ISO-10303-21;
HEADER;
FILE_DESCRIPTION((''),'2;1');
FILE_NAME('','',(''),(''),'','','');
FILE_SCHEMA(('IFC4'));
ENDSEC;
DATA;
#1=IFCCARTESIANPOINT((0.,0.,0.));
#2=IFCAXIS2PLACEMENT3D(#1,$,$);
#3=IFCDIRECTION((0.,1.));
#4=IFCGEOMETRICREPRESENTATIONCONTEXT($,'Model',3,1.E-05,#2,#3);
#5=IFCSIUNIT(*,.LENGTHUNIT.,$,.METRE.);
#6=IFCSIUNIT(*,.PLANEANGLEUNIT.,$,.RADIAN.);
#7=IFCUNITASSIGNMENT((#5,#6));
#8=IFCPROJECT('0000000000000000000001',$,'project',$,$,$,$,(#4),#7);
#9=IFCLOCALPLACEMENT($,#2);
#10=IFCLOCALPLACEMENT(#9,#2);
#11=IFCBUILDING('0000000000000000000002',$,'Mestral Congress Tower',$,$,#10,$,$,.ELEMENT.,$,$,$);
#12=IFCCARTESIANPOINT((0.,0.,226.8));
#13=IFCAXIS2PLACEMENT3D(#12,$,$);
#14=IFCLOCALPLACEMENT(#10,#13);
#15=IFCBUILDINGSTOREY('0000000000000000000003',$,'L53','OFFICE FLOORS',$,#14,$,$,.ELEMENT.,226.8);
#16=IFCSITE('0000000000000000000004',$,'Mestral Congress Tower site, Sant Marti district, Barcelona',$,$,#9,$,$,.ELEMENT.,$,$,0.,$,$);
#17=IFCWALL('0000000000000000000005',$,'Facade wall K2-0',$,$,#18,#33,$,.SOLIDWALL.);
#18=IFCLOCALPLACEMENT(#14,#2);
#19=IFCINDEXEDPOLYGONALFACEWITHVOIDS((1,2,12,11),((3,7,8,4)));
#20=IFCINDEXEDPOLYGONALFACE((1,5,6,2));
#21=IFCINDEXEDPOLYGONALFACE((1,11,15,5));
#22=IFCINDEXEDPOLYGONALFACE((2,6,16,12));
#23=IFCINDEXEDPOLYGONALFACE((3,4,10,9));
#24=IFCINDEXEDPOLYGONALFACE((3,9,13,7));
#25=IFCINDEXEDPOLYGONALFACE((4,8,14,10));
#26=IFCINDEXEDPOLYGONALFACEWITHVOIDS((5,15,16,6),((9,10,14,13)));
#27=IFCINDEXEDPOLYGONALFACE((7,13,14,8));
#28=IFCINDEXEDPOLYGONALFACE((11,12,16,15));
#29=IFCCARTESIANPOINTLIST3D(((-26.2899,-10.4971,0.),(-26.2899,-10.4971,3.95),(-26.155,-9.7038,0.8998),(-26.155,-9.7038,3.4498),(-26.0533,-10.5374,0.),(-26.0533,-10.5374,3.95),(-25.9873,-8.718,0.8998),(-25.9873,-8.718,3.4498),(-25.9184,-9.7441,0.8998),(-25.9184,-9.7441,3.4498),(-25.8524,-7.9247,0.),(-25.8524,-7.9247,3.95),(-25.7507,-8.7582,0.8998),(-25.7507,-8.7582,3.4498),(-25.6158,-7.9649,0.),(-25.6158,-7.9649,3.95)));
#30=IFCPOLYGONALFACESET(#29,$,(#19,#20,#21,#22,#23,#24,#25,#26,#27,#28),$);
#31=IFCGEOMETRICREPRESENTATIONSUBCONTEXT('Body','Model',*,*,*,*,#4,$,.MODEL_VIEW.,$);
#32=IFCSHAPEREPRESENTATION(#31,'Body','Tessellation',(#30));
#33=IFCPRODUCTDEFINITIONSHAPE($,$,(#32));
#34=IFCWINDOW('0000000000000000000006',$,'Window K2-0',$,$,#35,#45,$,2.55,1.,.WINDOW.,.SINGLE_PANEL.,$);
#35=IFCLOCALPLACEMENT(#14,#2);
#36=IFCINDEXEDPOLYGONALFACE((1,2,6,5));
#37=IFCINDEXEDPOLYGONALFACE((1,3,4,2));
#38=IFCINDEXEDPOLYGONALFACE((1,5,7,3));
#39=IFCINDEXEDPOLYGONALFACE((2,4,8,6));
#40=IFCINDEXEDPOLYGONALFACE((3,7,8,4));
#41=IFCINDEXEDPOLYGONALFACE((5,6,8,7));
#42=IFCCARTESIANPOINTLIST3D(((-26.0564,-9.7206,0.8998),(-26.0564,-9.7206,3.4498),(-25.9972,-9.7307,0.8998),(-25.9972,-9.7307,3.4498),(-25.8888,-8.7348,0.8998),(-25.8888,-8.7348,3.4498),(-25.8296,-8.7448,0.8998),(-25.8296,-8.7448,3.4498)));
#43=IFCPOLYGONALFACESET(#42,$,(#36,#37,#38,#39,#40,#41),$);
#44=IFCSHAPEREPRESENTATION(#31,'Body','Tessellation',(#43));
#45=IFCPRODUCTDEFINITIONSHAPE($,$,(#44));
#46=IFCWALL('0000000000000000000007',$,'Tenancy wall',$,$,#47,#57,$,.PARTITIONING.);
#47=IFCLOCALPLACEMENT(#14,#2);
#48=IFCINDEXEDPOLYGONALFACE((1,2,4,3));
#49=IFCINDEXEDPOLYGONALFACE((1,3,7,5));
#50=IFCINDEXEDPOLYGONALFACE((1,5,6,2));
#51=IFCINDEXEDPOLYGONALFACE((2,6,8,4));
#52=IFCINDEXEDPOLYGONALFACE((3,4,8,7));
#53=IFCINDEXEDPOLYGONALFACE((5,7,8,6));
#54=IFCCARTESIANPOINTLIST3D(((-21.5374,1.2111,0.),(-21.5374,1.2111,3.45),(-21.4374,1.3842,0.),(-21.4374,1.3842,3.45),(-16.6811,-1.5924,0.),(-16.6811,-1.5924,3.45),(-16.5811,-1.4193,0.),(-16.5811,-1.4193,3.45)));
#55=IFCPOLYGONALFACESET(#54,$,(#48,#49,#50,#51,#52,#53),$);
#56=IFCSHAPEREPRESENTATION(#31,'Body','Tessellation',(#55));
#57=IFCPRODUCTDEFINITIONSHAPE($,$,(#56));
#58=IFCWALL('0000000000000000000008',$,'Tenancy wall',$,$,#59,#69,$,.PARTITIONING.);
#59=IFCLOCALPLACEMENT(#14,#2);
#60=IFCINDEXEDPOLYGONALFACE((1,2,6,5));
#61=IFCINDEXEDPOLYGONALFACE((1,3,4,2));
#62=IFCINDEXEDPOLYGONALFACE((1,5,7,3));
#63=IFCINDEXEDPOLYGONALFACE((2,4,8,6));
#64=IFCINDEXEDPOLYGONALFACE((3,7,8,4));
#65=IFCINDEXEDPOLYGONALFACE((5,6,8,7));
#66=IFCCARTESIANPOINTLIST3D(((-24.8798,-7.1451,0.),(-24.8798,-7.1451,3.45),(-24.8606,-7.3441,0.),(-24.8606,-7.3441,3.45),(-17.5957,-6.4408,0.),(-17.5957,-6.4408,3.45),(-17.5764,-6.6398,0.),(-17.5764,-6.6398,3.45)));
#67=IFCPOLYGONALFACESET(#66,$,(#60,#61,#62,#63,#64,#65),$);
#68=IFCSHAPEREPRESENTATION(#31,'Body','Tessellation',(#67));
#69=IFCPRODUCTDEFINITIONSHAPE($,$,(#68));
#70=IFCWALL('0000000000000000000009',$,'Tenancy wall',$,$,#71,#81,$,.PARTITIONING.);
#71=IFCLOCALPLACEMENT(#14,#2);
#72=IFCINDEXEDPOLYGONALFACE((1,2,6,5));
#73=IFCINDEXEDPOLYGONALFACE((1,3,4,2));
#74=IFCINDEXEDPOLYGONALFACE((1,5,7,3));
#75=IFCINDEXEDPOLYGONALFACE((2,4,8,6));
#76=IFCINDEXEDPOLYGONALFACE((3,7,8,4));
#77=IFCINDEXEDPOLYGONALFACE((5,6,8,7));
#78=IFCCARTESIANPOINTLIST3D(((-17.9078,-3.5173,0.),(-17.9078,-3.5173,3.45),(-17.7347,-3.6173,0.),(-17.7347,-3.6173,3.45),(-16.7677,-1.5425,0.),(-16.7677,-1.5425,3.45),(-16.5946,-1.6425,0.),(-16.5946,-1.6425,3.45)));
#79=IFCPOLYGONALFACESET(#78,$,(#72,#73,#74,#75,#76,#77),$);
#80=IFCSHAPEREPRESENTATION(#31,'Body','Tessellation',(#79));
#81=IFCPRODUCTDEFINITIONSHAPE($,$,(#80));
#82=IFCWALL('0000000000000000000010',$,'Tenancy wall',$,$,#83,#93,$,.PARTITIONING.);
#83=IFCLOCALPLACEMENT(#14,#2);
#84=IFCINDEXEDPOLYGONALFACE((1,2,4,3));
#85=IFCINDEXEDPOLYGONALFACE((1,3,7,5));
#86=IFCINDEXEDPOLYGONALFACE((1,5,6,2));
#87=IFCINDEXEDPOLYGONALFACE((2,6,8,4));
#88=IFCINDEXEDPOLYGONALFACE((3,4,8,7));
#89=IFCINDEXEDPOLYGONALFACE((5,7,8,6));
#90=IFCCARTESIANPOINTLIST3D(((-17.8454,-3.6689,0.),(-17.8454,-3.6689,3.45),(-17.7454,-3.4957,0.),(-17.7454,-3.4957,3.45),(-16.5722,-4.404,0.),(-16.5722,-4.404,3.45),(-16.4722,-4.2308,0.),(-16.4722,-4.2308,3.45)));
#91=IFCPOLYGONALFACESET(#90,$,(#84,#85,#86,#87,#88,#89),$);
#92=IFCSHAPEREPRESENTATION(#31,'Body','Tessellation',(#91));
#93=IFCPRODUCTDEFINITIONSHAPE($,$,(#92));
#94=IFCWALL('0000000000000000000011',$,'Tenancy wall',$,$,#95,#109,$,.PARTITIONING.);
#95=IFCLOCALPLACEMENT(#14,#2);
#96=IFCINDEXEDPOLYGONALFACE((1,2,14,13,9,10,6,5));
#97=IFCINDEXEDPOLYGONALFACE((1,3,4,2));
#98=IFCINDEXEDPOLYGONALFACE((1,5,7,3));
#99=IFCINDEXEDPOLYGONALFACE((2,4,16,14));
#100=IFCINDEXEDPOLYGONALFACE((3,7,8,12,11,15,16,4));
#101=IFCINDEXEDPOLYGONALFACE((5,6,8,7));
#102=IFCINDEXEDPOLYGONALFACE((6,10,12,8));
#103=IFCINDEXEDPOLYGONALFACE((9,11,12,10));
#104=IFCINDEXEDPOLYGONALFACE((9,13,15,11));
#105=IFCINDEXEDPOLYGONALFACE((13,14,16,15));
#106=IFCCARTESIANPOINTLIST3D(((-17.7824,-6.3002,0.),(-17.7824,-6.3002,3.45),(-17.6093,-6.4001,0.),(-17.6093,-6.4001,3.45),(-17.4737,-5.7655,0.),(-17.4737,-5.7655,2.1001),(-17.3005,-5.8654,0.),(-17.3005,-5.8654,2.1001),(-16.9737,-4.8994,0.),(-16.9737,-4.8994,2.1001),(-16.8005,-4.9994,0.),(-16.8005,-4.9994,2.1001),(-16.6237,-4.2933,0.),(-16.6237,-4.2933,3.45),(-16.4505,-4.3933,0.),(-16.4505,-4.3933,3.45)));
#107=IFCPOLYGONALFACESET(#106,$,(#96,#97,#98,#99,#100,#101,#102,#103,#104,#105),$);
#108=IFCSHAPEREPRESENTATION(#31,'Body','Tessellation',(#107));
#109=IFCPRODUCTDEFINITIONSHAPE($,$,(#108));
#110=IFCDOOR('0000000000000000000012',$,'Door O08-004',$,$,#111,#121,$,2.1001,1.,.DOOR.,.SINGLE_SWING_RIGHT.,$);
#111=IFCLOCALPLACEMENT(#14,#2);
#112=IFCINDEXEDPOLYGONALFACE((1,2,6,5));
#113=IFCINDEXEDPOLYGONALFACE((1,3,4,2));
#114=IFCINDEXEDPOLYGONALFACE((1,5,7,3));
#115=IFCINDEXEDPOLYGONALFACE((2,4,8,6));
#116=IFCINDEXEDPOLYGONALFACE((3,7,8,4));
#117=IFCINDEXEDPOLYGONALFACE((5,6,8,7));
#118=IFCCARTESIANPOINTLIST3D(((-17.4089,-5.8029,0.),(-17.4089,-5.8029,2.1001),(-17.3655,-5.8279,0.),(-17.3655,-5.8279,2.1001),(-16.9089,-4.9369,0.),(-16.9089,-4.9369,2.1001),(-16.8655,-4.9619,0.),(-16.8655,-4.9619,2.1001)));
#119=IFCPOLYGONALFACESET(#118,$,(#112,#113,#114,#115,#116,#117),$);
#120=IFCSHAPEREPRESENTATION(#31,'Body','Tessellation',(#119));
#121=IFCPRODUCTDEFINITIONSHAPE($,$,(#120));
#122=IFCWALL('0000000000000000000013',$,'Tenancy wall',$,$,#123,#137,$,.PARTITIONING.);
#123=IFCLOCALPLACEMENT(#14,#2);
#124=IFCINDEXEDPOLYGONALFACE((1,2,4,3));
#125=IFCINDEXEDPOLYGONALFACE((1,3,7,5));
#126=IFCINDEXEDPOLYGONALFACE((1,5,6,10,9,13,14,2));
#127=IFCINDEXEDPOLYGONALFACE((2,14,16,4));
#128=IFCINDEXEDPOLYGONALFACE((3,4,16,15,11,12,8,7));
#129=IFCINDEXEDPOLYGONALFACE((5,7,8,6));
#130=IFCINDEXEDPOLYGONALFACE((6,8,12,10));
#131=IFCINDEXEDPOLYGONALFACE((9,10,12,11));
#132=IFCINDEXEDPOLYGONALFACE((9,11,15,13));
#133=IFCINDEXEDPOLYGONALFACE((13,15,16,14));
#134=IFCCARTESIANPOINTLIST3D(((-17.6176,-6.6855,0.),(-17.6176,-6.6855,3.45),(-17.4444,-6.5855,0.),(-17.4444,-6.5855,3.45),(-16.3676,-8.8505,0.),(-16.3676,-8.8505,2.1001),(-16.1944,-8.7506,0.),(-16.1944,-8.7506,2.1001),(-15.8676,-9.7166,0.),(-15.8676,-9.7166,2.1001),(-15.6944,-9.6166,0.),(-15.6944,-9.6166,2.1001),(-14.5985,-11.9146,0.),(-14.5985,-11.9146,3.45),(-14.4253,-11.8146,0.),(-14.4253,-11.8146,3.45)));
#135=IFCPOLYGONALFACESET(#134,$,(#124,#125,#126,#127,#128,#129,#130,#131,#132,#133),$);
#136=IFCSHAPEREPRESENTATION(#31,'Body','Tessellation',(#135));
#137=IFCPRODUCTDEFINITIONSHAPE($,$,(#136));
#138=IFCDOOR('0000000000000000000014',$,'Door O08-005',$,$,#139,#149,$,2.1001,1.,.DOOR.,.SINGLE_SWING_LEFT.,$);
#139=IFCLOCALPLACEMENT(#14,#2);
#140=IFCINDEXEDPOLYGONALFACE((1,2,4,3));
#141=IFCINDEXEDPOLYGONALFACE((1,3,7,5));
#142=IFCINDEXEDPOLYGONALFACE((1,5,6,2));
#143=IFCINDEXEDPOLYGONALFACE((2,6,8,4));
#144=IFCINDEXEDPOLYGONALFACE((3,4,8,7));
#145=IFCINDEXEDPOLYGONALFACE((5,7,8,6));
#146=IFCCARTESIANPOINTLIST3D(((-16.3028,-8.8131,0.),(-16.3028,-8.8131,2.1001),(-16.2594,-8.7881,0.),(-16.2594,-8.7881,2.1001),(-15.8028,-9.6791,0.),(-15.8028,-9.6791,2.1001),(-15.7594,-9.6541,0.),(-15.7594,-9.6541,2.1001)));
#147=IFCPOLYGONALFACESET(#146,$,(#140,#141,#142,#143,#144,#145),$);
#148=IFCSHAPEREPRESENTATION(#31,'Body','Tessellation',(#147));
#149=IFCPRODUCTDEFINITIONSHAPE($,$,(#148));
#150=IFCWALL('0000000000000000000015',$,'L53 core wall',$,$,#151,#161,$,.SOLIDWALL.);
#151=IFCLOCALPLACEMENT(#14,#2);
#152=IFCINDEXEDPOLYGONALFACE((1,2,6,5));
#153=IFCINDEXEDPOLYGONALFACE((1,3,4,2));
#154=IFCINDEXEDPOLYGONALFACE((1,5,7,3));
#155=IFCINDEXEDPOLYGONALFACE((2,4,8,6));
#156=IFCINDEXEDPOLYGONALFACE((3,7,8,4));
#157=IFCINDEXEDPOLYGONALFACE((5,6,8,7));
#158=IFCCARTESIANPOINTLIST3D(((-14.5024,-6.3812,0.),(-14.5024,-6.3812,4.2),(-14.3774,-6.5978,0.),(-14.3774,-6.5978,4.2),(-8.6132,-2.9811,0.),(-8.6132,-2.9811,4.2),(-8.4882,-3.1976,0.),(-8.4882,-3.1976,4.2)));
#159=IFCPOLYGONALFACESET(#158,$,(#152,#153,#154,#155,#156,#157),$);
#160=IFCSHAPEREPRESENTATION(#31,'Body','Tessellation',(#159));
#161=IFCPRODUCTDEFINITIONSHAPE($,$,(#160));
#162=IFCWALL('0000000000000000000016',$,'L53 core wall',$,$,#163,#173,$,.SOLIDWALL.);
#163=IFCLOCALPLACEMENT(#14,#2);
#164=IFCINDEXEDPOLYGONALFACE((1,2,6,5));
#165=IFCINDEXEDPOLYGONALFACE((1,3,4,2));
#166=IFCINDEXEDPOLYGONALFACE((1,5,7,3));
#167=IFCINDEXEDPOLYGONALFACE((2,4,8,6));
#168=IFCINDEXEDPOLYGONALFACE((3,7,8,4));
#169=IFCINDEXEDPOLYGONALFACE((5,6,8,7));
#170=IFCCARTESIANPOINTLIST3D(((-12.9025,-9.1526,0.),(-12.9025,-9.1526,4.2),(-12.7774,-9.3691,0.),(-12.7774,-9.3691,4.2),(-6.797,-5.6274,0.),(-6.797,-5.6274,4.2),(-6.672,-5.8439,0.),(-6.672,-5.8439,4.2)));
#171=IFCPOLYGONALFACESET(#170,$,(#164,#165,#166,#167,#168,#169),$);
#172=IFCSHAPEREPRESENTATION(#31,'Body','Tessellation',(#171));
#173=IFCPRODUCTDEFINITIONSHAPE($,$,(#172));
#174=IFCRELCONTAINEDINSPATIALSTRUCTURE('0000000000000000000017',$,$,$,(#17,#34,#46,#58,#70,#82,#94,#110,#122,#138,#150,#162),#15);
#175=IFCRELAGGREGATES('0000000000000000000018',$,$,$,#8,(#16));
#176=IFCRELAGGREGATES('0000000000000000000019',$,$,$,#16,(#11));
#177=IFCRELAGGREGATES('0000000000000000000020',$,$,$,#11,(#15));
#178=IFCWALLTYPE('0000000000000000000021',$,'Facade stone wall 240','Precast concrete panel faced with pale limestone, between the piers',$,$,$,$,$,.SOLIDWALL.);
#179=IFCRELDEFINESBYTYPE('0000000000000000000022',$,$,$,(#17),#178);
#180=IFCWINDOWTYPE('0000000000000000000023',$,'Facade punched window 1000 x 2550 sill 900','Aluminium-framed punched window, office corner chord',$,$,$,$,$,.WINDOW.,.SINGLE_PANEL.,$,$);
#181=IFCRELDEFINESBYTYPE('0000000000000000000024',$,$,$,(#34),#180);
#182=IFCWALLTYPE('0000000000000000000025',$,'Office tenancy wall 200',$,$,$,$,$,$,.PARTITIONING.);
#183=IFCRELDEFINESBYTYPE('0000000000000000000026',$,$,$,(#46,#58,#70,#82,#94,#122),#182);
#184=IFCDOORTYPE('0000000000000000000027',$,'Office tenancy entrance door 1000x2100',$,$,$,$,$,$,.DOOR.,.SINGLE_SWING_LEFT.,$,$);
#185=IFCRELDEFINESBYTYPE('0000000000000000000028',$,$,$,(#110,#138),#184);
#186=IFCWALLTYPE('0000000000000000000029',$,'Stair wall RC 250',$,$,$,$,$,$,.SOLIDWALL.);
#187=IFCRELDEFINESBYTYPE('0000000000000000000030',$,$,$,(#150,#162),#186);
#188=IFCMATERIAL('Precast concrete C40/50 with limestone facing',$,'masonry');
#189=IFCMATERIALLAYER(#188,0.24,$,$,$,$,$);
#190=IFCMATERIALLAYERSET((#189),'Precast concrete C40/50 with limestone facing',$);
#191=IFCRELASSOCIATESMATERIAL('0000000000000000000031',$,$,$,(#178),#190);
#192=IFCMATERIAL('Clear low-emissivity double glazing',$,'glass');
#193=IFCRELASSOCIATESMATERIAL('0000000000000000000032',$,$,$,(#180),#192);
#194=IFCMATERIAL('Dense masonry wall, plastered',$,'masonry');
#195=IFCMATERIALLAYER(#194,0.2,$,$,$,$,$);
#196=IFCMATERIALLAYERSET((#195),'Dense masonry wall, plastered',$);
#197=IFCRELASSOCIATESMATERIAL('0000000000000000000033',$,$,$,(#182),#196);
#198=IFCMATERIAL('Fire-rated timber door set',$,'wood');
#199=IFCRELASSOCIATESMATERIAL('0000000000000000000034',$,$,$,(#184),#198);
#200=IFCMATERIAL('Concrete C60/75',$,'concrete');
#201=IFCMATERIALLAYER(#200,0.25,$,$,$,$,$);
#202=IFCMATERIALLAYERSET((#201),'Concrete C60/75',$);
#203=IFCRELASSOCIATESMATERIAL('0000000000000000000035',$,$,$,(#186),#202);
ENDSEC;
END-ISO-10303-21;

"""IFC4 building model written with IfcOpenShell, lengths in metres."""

from ifc_helpers import new_model, si_unit, direction, frame, frame_2d, origin, place, context, subcontext, project, spatial, rectangle, extrude, material, layer, layer_set, type_object, element, fill, save


model = new_model("IFC4")

# Units and contexts
model_context = context("Model", 3, precision=1e-05, world=origin(), true_north=direction((0.0, 1.0)))
body_context = subcontext(model_context, "Body", "Model", "MODEL_VIEW")
ifc_project = project(units=[si_unit("LENGTHUNIT", "METRE"), si_unit("PLANEANGLEUNIT", "RADIAN")], contexts=[model_context])

# Site, building, storey
site_placement = place(None, origin())
site = spatial("IfcSite", under=ifc_project, at=site_placement, Name="Mestral Congress Tower site, Sant Marti district, Barcelona", CompositionType="ELEMENT", RefElevation=0.0)
building_placement = place(site_placement, origin())
building = spatial("IfcBuilding", under=site, at=building_placement, Name="Mestral Congress Tower", CompositionType="ELEMENT")
storey_placement = place(building_placement, frame((0.0, 0.0, 226.8)))
storey = spatial("IfcBuildingStorey", under=building, at=storey_placement, Name="L53", Description="OFFICE FLOORS", CompositionType="ELEMENT", Elevation=226.8)

# Shared definitions
ifc_material_1 = material(Name="Concrete C60/75", Category="concrete")

# Shared definitions
ifc_material_2 = material(Name="Precast concrete C40/50 with limestone facing", Category="masonry")
ifc_layer_1 = layer(ifc_material_2, 0.24)
ifc_layer_set_1 = layer_set([ifc_layer_1], Name="Precast concrete C40/50 with limestone facing")
wall_type_1 = type_object("IfcWallType", Name="Facade stone wall 240", Description="Precast concrete panel faced with pale limestone, between the piers", PredefinedType="SOLIDWALL", material=ifc_layer_set_1)
ifc_material_3 = material(Name="Clear low-emissivity double glazing", Category="glass")

# Wall, opening, window
wall_1_placement = place(storey_placement, frame((-25.7341, -7.9448, 0.0), z_axis=(0.0, 0.0, 1.0), x_axis=(-0.16766, -0.985845, 0.0)))
wall_1 = element("IfcWall", 1, at=wall_1_placement, inside=storey, type_object=wall_type_1, Name="Facade wall K2-0", PredefinedType="SOLIDWALL", context=body_context, shape_type="SweptSolid", body=[
    extrude(rectangle(XDim=2.6094, YDim=0.24, at=frame_2d((1.3047, 0.0))), origin(), (0.0, 0.0, 1.0), 3.95),
])
opening_1_placement = place(wall_1_placement, frame((0.8047, 0.0, 0.8999)))
opening_1 = element("IfcOpeningElement", 2, at=opening_1_placement, cuts=wall_1, PredefinedType="OPENING", context=body_context, shape_type="SweptSolid", body=[
    extrude(rectangle(XDim=1.0, YDim=2.55, at=frame_2d((0.5, 1.2749))), frame((0.0, 0.1299, 0.0), z_axis=(0.0, -1.0, 0.0), x_axis=(1.0, 0.0, 0.0)), (0.0, 0.0, 1.0), 0.26),
])
window_type_1 = type_object("IfcWindowType", Name="Facade punched window 1000 x 2550 sill 900", Description="Aluminium-framed punched window, office corner chord", PartitioningType="SINGLE_PANEL", PredefinedType="WINDOW", material=ifc_material_3)
window_1_placement = place(opening_1_placement, origin())
window_1 = element("IfcWindow", 3, at=window_1_placement, inside=storey, type_object=window_type_1, Name="Window K2-0", OverallHeight=2.55, OverallWidth=1.0, PartitioningType="SINGLE_PANEL", PredefinedType="WINDOW", context=body_context, shape_type="SweptSolid", body=[
    extrude(rectangle(XDim=1.0, YDim=2.55, at=frame_2d((0.5, 1.2749))), frame((0.0, 0.04, 0.0), z_axis=(0.0, -1.0, 0.0), x_axis=(1.0, 0.0, 0.0)), (0.0, 0.0, 1.0), 0.0601),
])
fill(opening_1, window_1)

# Walls
ifc_material_4 = material(Name="Dense masonry wall, plastered", Category="masonry")
ifc_layer_2 = layer(ifc_material_4, 0.2)
ifc_layer_set_2 = layer_set([ifc_layer_2], Name="Dense masonry wall, plastered")
wall_type_2 = type_object("IfcWallType", Name="Office tenancy wall 200", PredefinedType="PARTITIONING", material=ifc_layer_set_2)
wall_2_placement = place(storey_placement, frame((-16.6311, -1.5059, 0.0), z_axis=(0.0, 0.0, 1.0), x_axis=(-0.866046, 0.499965, 0.0)))
element("IfcWall", 4, at=wall_2_placement, inside=storey, type_object=wall_type_2, Name="Tenancy wall", PredefinedType="PARTITIONING", context=body_context, shape_type="SweptSolid", body=[
    extrude(rectangle(XDim=5.6074, YDim=0.2, at=frame_2d((2.8037, 0.0))), origin(), (0.0, 0.0, 1.0), 3.45),
])
wall_3_placement = place(storey_placement, frame((-17.5859, -6.5403, 0.0), z_axis=(0.0, 0.0, 1.0), x_axis=(-0.995358, -0.096246, 0.0)))
element("IfcWall", 5, at=wall_3_placement, inside=storey, type_object=wall_type_2, Name="Tenancy wall", PredefinedType="PARTITIONING", context=body_context, shape_type="SweptSolid", body=[
    extrude(rectangle(XDim=7.3181, YDim=0.2, at=frame_2d((3.6592, 0.0))), origin(), (0.0, 0.0, 1.0), 3.45),
])
wall_4_placement = place(storey_placement, frame((-16.6812, -1.5925, 0.0), z_axis=(0.0, 0.0, 1.0), x_axis=(-0.499985, -0.866034, 0.0)))
element("IfcWall", 6, at=wall_4_placement, inside=storey, type_object=wall_type_2, Name="Tenancy wall", PredefinedType="PARTITIONING", context=body_context, shape_type="SweptSolid", body=[
    extrude(rectangle(XDim=2.2803, YDim=0.2, at=frame_2d((1.1401, 0.0))), origin(), (0.0, 0.0, 1.0), 3.45),
])
wall_5_placement = place(storey_placement, frame((-17.7954, -3.5823, 0.0), z_axis=(0.0, 0.0, 1.0), x_axis=(0.866017, -0.500015, 0.0)))
element("IfcWall", 7, at=wall_5_placement, inside=storey, type_object=wall_type_2, Name="Tenancy wall", PredefinedType="PARTITIONING", context=body_context, shape_type="SweptSolid", body=[
    extrude(rectangle(XDim=1.4702, YDim=0.2, at=frame_2d((0.7351, 0.0))), origin(), (0.0, 0.0, 1.0), 3.45),
])

# Walls, openings, doors
wall_6_placement = place(storey_placement, frame((-16.5371, -4.3433, 0.0), z_axis=(0.0, 0.0, 1.0), x_axis=(-0.500014, -0.866017, 0.0)))
wall_6 = element("IfcWall", 8, at=wall_6_placement, inside=storey, type_object=wall_type_2, Name="Tenancy wall", PredefinedType="PARTITIONING", context=body_context, shape_type="SweptSolid", body=[
    extrude(rectangle(XDim=2.3174, YDim=0.2, at=frame_2d((1.1587, 0.0))), origin(), (0.0, 0.0, 1.0), 3.45),
])
opening_2_placement = place(wall_6_placement, frame((0.7, 0.0, 0.0)))
opening_2 = element("IfcOpeningElement", 9, at=opening_2_placement, cuts=wall_6, PredefinedType="OPENING", context=body_context, shape_type="SweptSolid", body=[
    extrude(rectangle(XDim=1.0, YDim=2.1001, at=frame_2d((0.5, 1.05))), frame((0.0, 0.1099, 0.0), z_axis=(0.0, -1.0, 0.0), x_axis=(1.0, 0.0, 0.0)), (0.0, 0.0, 1.0), 0.22),
])
ifc_material_5 = material(Name="Fire-rated timber door set", Category="wood")
door_type_1 = type_object("IfcDoorType", Name="Office tenancy entrance door 1000x2100", OperationType="SINGLE_SWING_LEFT", PredefinedType="DOOR", material=ifc_material_5)
door_1_placement = place(opening_2_placement, origin())
door_1 = element("IfcDoor", 10, at=door_1_placement, inside=storey, type_object=door_type_1, Name="Door O08-004", OperationType="SINGLE_SWING_RIGHT", OverallHeight=2.1001, OverallWidth=1.0, PredefinedType="DOOR", context=body_context, shape_type="SweptSolid", body=[
    extrude(rectangle(XDim=1.0, YDim=2.1001, at=frame_2d((0.5, 1.05))), frame((0.0, 0.0249, 0.0), z_axis=(0.0, -1.0, 0.0), x_axis=(1.0, 0.0, 0.0)), (0.0, 0.0, 1.0), 0.05),
])
fill(opening_2, door_1)
wall_7_placement = place(storey_placement, frame((-17.531, -6.6355, 0.0), z_axis=(0.0, 0.0, 1.0), x_axis=(0.500009, -0.86602, 0.0)))
wall_7 = element("IfcWall", 11, at=wall_7_placement, inside=storey, type_object=wall_type_2, Name="Tenancy wall", PredefinedType="PARTITIONING", context=body_context, shape_type="SweptSolid", body=[
    extrude(rectangle(XDim=6.0381, YDim=0.2, at=frame_2d((3.019, 0.0))), origin(), (0.0, 0.0, 1.0), 3.45),
])
opening_3_placement = place(wall_7_placement, frame((2.5, 0.0, 0.0)))
opening_3 = element("IfcOpeningElement", 12, at=opening_3_placement, cuts=wall_7, PredefinedType="OPENING", context=body_context, shape_type="SweptSolid", body=[
    extrude(rectangle(XDim=1.0, YDim=2.1001, at=frame_2d((0.5, 1.05))), frame((0.0, 0.1099, 0.0), z_axis=(0.0, -1.0, 0.0), x_axis=(1.0, 0.0, 0.0)), (0.0, 0.0, 1.0), 0.22),
])
door_2_placement = place(opening_3_placement, origin())
door_2 = element("IfcDoor", 13, at=door_2_placement, inside=storey, type_object=door_type_1, Name="Door O08-005", OperationType="SINGLE_SWING_LEFT", OverallHeight=2.1001, OverallWidth=1.0, PredefinedType="DOOR", context=body_context, shape_type="SweptSolid", body=[
    extrude(rectangle(XDim=1.0, YDim=2.1001, at=frame_2d((0.5, 1.05))), frame((0.0, 0.0249, 0.0), z_axis=(0.0, -1.0, 0.0), x_axis=(1.0, 0.0, 0.0)), (0.0, 0.0, 1.0), 0.05),
])
fill(opening_3, door_2)

# Walls
ifc_layer_3 = layer(ifc_material_1, 0.25)
ifc_layer_set_3 = layer_set([ifc_layer_3], Name="Concrete C60/75")
wall_type_3 = type_object("IfcWallType", Name="Stair wall RC 250", PredefinedType="SOLIDWALL", material=ifc_layer_set_3)
wall_8_placement = place(storey_placement, frame((-14.4399, -6.4895, 0.0), z_axis=(0.0, 0.0, 1.0), x_axis=(0.866023, 0.500004, 0.0)))
element("IfcWall", 14, at=wall_8_placement, inside=storey, type_object=wall_type_3, Name="L53 core wall", PredefinedType="SOLIDWALL", context=body_context, shape_type="SweptSolid", body=[
    extrude(rectangle(XDim=6.8003, YDim=0.25, at=frame_2d((3.4001, 0.0))), origin(), (0.0, 0.0, 1.0), 4.2),
])
wall_9_placement = place(storey_placement, frame((-12.8398, -9.2607, 0.0), z_axis=(0.0, 0.0, 1.0), x_axis=(0.866016, 0.500016, 0.0)))
element("IfcWall", 15, at=wall_9_placement, inside=storey, type_object=wall_type_3, Name="L53 core wall", PredefinedType="SOLIDWALL", context=body_context, shape_type="SweptSolid", body=[
    extrude(rectangle(XDim=7.05, YDim=0.25, at=frame_2d((3.5249, 0.0))), origin(), (0.0, 0.0, 1.0), 4.2),
])

save(model, "model.ifc")
